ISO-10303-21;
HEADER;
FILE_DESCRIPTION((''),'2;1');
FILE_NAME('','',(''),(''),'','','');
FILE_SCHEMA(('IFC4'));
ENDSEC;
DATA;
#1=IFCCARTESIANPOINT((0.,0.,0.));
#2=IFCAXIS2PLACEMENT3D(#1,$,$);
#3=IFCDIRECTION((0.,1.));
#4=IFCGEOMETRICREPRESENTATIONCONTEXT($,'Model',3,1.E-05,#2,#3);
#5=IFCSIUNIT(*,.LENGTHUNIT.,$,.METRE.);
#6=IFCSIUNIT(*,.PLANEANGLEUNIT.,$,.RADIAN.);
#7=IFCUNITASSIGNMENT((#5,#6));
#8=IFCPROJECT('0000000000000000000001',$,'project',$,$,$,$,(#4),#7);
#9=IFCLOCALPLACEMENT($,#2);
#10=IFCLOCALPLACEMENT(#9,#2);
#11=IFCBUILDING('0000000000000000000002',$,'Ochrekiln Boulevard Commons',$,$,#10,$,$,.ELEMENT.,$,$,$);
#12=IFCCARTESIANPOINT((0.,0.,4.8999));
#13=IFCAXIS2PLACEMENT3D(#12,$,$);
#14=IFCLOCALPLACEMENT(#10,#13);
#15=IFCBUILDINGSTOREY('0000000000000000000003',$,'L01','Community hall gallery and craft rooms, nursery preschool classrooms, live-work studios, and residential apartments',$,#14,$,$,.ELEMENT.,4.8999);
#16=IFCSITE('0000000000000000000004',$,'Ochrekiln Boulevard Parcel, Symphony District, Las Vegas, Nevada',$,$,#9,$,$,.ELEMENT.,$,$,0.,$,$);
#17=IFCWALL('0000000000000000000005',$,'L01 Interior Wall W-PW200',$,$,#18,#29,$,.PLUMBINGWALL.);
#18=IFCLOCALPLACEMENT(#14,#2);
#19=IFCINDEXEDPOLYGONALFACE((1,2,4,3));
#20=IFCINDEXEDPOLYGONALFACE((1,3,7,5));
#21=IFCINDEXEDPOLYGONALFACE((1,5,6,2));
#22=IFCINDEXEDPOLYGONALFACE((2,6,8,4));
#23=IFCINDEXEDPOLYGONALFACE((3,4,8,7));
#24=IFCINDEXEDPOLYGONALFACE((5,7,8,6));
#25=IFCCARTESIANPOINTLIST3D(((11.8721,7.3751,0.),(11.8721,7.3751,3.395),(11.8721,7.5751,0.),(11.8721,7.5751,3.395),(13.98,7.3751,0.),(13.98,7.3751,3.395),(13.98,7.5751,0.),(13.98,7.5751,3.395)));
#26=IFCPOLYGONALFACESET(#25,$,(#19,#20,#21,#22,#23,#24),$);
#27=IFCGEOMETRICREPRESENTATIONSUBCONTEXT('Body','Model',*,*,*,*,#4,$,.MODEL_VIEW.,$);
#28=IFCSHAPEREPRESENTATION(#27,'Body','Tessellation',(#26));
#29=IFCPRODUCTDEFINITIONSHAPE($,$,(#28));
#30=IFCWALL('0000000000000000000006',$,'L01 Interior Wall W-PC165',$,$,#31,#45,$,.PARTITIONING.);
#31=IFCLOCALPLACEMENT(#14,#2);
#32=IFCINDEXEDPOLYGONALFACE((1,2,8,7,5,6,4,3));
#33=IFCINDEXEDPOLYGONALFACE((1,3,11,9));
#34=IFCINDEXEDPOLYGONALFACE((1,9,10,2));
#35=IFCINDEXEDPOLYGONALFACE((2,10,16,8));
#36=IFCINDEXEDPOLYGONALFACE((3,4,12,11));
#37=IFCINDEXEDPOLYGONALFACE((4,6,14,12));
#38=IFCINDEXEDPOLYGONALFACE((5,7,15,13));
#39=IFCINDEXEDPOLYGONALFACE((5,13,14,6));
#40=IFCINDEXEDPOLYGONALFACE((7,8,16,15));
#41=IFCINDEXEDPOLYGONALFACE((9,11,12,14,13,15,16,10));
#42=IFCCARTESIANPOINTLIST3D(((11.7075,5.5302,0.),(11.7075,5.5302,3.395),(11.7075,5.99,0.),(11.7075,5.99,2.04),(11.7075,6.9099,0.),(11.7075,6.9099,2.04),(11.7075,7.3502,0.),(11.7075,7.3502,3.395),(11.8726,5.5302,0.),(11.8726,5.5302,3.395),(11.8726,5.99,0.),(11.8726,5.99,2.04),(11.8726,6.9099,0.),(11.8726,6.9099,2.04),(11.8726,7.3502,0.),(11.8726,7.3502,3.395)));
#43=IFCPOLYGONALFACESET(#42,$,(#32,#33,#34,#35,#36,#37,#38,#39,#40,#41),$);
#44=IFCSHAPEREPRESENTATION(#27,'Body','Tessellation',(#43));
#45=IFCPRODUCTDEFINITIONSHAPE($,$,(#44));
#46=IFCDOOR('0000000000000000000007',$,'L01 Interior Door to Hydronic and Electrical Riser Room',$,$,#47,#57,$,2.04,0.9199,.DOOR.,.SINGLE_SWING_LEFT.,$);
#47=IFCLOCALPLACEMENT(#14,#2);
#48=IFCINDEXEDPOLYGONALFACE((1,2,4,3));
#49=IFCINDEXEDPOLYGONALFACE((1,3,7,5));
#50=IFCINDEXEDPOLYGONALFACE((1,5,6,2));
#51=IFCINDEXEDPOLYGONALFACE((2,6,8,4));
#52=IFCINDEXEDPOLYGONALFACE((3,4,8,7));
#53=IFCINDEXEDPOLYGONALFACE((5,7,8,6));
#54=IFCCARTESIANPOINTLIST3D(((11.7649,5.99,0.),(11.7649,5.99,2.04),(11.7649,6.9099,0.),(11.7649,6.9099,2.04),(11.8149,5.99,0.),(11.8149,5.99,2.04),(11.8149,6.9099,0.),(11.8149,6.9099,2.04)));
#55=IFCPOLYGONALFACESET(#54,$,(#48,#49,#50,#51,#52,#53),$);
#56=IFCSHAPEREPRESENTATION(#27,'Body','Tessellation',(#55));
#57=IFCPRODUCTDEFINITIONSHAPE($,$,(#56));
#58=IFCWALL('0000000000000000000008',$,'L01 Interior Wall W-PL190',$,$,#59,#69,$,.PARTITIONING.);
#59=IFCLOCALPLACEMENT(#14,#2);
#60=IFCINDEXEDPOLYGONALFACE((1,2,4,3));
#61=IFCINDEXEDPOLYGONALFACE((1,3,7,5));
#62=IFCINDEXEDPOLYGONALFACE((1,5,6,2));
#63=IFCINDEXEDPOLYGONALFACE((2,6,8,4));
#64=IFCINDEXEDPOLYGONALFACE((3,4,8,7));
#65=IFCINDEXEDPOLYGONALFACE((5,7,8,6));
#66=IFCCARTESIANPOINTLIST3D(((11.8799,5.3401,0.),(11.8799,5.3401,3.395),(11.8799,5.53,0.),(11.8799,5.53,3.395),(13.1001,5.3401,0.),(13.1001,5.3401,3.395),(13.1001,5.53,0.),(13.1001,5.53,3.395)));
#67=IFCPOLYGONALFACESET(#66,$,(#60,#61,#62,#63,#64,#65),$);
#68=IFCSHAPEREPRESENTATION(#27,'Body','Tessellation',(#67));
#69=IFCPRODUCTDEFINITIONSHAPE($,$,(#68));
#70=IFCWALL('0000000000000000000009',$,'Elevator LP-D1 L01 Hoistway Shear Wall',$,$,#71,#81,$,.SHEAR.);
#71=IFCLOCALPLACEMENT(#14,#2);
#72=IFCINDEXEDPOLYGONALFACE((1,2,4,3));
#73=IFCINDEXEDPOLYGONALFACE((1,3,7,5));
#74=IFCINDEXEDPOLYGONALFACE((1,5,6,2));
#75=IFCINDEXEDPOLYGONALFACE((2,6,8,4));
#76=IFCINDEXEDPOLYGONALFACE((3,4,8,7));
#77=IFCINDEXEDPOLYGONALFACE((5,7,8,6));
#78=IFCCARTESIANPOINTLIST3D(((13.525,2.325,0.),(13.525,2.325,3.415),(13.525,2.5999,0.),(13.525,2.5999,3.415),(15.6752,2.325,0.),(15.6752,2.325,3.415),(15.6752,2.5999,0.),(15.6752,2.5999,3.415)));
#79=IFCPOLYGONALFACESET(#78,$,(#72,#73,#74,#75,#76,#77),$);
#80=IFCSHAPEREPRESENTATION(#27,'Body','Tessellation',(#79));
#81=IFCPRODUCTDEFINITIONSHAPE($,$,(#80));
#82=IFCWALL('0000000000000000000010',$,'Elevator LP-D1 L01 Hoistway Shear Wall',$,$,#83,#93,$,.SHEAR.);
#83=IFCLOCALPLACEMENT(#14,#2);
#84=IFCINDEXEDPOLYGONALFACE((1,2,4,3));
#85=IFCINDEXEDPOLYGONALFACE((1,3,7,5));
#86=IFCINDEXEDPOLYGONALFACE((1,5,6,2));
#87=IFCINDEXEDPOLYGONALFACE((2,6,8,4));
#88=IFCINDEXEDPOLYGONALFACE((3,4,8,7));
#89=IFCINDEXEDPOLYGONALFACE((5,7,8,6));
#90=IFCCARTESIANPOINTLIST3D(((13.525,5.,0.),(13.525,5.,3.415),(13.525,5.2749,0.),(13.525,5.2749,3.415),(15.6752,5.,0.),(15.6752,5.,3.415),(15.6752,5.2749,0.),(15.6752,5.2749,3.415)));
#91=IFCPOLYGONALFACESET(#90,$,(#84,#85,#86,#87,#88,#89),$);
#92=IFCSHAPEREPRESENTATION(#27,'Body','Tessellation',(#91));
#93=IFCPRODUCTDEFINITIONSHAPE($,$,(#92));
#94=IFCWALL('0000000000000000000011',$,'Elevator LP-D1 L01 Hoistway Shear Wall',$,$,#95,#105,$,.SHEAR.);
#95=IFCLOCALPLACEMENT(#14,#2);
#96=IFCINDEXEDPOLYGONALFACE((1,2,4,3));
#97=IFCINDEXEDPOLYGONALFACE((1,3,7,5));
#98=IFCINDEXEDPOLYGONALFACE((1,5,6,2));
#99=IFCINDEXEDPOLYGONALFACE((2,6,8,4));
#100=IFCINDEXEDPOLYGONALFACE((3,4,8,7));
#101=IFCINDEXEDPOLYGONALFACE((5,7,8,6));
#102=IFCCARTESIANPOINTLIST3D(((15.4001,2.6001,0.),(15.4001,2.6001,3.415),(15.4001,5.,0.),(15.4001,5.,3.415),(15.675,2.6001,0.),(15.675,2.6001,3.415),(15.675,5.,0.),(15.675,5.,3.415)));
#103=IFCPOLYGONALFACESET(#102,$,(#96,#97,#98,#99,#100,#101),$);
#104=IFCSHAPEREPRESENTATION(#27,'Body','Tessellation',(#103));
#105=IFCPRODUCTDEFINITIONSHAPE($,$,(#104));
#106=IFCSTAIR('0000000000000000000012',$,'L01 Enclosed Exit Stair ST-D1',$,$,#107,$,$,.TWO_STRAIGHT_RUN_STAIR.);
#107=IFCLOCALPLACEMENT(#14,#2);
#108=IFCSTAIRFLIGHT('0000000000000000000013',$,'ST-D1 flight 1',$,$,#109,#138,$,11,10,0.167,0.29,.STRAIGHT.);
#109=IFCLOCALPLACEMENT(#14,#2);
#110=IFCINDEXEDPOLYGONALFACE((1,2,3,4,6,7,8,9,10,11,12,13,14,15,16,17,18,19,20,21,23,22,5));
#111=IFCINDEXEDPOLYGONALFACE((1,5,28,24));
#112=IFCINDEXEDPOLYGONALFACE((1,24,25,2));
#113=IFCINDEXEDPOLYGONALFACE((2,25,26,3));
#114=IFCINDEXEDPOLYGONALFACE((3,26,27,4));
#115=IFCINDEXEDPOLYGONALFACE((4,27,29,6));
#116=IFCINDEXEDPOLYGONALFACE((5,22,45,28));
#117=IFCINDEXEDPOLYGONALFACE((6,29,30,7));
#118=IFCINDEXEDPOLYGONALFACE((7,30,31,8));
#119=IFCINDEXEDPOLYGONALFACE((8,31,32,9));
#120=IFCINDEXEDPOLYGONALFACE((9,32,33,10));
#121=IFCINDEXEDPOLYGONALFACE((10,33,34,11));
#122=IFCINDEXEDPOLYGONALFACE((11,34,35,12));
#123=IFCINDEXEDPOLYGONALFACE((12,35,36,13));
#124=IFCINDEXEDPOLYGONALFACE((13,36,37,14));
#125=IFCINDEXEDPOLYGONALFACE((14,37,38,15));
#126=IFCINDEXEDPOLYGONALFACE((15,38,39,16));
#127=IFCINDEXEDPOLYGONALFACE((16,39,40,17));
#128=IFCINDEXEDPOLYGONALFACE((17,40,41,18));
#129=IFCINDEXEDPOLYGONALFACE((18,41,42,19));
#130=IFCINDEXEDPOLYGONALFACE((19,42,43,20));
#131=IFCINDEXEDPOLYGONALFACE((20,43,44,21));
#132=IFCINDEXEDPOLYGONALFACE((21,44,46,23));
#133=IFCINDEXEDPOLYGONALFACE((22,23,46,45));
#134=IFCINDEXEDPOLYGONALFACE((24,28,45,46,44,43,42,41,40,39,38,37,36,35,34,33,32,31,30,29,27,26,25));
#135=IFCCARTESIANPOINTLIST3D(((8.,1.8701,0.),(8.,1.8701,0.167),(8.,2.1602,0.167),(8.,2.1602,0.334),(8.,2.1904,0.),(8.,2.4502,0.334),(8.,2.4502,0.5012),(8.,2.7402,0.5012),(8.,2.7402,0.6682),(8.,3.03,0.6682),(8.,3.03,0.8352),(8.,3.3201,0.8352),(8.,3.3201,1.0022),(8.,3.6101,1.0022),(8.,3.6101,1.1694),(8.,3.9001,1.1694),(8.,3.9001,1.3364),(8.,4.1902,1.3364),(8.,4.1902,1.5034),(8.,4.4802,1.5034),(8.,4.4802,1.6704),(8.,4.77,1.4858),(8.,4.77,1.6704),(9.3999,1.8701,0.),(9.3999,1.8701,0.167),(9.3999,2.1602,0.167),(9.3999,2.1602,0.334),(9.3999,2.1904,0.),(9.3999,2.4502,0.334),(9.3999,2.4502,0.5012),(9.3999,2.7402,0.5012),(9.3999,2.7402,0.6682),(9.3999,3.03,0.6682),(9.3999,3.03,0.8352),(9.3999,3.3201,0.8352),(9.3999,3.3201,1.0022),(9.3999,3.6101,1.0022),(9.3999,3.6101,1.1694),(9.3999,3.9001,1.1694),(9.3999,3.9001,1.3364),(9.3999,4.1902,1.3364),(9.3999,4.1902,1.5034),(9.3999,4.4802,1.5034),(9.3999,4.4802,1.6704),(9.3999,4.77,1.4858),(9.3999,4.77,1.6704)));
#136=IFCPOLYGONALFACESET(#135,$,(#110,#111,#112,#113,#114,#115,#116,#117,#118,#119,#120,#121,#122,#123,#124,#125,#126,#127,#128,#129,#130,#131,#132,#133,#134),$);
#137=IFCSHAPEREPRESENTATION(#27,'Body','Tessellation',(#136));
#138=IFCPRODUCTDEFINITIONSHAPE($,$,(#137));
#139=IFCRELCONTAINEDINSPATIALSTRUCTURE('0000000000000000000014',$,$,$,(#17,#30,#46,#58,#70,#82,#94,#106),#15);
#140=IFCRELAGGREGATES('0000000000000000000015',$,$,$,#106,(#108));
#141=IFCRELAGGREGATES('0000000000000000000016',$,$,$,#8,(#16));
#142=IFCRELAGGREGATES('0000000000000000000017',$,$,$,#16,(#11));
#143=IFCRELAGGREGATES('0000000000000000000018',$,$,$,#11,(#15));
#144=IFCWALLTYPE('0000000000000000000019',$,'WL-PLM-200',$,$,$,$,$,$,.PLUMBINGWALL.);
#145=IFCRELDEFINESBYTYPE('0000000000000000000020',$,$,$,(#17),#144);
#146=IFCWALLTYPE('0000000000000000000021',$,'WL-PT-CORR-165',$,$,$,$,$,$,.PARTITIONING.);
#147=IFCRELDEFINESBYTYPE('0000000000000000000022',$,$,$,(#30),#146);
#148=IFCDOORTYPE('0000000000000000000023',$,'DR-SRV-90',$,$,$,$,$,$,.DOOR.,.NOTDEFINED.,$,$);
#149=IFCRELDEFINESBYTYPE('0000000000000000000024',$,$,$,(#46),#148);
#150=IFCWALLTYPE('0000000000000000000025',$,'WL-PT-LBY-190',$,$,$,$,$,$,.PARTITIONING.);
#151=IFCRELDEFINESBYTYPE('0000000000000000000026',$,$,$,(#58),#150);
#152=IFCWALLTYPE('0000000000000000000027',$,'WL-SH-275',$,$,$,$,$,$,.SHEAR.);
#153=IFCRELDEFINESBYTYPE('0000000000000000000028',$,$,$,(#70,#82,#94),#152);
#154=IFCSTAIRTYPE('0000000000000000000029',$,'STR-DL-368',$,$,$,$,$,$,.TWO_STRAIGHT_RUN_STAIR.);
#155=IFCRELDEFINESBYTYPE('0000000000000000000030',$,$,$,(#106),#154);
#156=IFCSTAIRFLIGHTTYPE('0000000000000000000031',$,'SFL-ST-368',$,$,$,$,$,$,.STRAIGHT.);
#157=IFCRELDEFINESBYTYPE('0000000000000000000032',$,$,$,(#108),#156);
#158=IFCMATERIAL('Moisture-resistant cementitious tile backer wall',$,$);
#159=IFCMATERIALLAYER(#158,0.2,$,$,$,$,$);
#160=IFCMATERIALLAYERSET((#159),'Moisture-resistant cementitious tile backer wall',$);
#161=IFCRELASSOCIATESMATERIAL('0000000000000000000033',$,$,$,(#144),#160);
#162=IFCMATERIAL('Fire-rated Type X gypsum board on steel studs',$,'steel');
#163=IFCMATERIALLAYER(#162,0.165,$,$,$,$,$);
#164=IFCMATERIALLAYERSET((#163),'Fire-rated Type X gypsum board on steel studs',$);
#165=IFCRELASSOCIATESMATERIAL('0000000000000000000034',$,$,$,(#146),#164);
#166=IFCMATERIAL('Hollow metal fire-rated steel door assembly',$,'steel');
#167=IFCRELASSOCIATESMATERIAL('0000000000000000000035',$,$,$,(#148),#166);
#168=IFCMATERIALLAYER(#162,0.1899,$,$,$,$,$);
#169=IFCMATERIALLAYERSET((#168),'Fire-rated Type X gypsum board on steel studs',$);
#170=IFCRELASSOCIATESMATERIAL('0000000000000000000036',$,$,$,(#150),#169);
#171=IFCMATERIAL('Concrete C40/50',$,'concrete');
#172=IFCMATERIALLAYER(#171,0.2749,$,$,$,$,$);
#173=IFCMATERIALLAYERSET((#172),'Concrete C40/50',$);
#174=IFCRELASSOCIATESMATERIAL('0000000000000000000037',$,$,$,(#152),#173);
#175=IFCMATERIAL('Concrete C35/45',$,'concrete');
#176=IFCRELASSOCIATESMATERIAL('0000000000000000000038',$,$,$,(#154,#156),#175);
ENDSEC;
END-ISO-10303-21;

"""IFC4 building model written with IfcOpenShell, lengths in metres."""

from ifc_helpers import new_model, si_unit, direction, frame, frame_2d, origin, place, context, subcontext, project, spatial, polyline, rectangle, outline, extrude, material, layer, layer_set, type_object, element, fill, aggregate, save


model = new_model("IFC4")

# Units and contexts
model_context = context("Model", 3, precision=1e-05, world=origin(), true_north=direction((0.0, 1.0)))
body_context = subcontext(model_context, "Body", "Model", "MODEL_VIEW")
ifc_project = project(units=[si_unit("LENGTHUNIT", "METRE"), si_unit("PLANEANGLEUNIT", "RADIAN")], contexts=[model_context])

# Site, building, storey
site_placement = place(None, origin())
site = spatial("IfcSite", under=ifc_project, at=site_placement, Name="Ochrekiln Boulevard Parcel, Symphony District, Las Vegas, Nevada", CompositionType="ELEMENT", RefElevation=0.0)
building_placement = place(site_placement, origin())
building = spatial("IfcBuilding", under=site, at=building_placement, Name="Ochrekiln Boulevard Commons", CompositionType="ELEMENT")
storey_placement = place(building_placement, frame((0.0, 0.0, 4.8999)))
storey = spatial("IfcBuildingStorey", under=building, at=storey_placement, Name="L01", Description="Community hall gallery and craft rooms, nursery preschool classrooms, live-work studios, and residential apartments", CompositionType="ELEMENT", Elevation=4.8999)

# Wall
ifc_material_1 = material(Name="Moisture-resistant cementitious tile backer wall")
ifc_layer_1 = layer(ifc_material_1, 0.2)
ifc_layer_set_1 = layer_set([ifc_layer_1], Name="Moisture-resistant cementitious tile backer wall")
wall_type_1 = type_object("IfcWallType", Name="WL-PLM-200", PredefinedType="PLUMBINGWALL", material=ifc_layer_set_1)
wall_1_placement = place(storey_placement, frame((11.8721, 7.4751, 0.0), z_axis=(0.0, 0.0, 1.0), x_axis=(1.0, 0.0, 0.0)))
element("IfcWall", 1, at=wall_1_placement, inside=storey, type_object=wall_type_1, Name="L01 Interior Wall W-PW200", PredefinedType="PLUMBINGWALL", context=body_context, shape_type="SweptSolid", body=[
    extrude(rectangle(XDim=2.1079, YDim=0.2, at=frame_2d((1.054, 0.0))), origin(), (0.0, 0.0, 1.0), 3.395),
])

# Wall, opening, door
ifc_material_2 = material(Name="Fire-rated Type X gypsum board on steel studs", Category="steel")
ifc_layer_2 = layer(ifc_material_2, 0.165)
ifc_layer_set_2 = layer_set([ifc_layer_2], Name="Fire-rated Type X gypsum board on steel studs")
wall_type_2 = type_object("IfcWallType", Name="WL-PT-CORR-165", PredefinedType="PARTITIONING", material=ifc_layer_set_2)
wall_2_placement = place(storey_placement, frame((11.79, 5.53, 0.0), z_axis=(0.0, 0.0, 1.0), x_axis=(0.0, 1.0, 0.0)))
wall_2 = element("IfcWall", 2, at=wall_2_placement, inside=storey, type_object=wall_type_2, Name="L01 Interior Wall W-PC165", PredefinedType="PARTITIONING", context=body_context, shape_type="SweptSolid", body=[
    extrude(rectangle(XDim=1.8201, YDim=0.165, at=frame_2d((0.9102, 0.0))), origin(), (0.0, 0.0, 1.0), 3.395),
])
opening_1_placement = place(wall_2_placement, frame((0.46, 0.0, 0.0)))
opening_1 = element("IfcOpeningElement", 3, at=opening_1_placement, cuts=wall_2, PredefinedType="OPENING", context=body_context, shape_type="SweptSolid", body=[
    extrude(rectangle(XDim=0.9199, YDim=2.04, at=frame_2d((0.46, 1.02))), frame((0.0, 0.0925, 0.0), z_axis=(0.0, -1.0, 0.0), x_axis=(1.0, 0.0, 0.0)), (0.0, 0.0, 1.0), 0.1851),
])
ifc_material_3 = material(Name="Hollow metal fire-rated steel door assembly", Category="steel")
door_type_1 = type_object("IfcDoorType", Name="DR-SRV-90", OperationType="NOTDEFINED", PredefinedType="DOOR", material=ifc_material_3)
door_1_placement = place(opening_1_placement, frame((0.9199, 0.0, 0.0), z_axis=(0.0, 0.0, 1.0), x_axis=(-1.0, 0.0, 0.0)))
door_1 = element("IfcDoor", 4, at=door_1_placement, inside=storey, type_object=door_type_1, Name="L01 Interior Door to Hydronic and Electrical Riser Room", OperationType="SINGLE_SWING_LEFT", OverallHeight=2.04, OverallWidth=0.9199, PredefinedType="DOOR", context=body_context, shape_type="SweptSolid", body=[
    extrude(rectangle(XDim=0.9199, YDim=2.04, at=frame_2d((0.46, 1.02))), frame((0.0, 0.0249, 0.0), z_axis=(0.0, -1.0, 0.0), x_axis=(1.0, 0.0, 0.0)), (0.0, 0.0, 1.0), 0.05),
])
fill(opening_1, door_1)

# Wall
ifc_layer_3 = layer(ifc_material_2, 0.1899)
ifc_layer_set_3 = layer_set([ifc_layer_3], Name="Fire-rated Type X gypsum board on steel studs")
wall_type_3 = type_object("IfcWallType", Name="WL-PT-LBY-190", PredefinedType="PARTITIONING", material=ifc_layer_set_3)
wall_3_placement = place(storey_placement, frame((11.8799, 5.4351, 0.0), z_axis=(0.0, 0.0, 1.0), x_axis=(1.0, 0.0, 0.0)))
element("IfcWall", 5, at=wall_3_placement, inside=storey, type_object=wall_type_3, Name="L01 Interior Wall W-PL190", PredefinedType="PARTITIONING", context=body_context, shape_type="SweptSolid", body=[
    extrude(rectangle(XDim=1.2202, YDim=0.1899, at=frame_2d((0.6101, 0.0))), origin(), (0.0, 0.0, 1.0), 3.395),
])

# Walls
ifc_material_4 = material(Name="Concrete C40/50", Category="concrete")
ifc_layer_4 = layer(ifc_material_4, 0.2749)
ifc_layer_set_4 = layer_set([ifc_layer_4], Name="Concrete C40/50")
wall_type_4 = type_object("IfcWallType", Name="WL-SH-275", PredefinedType="SHEAR", material=ifc_layer_set_4)
for number, where, z_axis, x_axis, name in (
    (6, (13.5249, 2.4624, 0.0), (0.0, 0.0, 1.0), (1.0, 0.0, 0.0), "Elevator LP-D1 L01 Hoistway Shear Wall"),
    (7, (13.5249, 5.1375, 0.0), (0.0, 0.0, 1.0), (1.0, 0.0, 0.0), "Elevator LP-D1 L01 Hoistway Shear Wall"),
):
    element("IfcWall", number, at=place(storey_placement, frame(where, z_axis=z_axis, x_axis=x_axis)), inside=storey, type_object=wall_type_4, Name=name, PredefinedType="SHEAR", context=body_context, shape_type="SweptSolid", body=[
        extrude(rectangle(XDim=2.1501, YDim=0.2749, at=frame_2d((1.0752, 0.0))), origin(), (0.0, 0.0, 1.0), 3.415),
    ])

# Wall
wall_4_placement = place(storey_placement, frame((15.5376, 2.6001, 0.0), z_axis=(0.0, 0.0, 1.0), x_axis=(0.0, 1.0, 0.0)))
element("IfcWall", 8, at=wall_4_placement, inside=storey, type_object=wall_type_4, Name="Elevator LP-D1 L01 Hoistway Shear Wall", PredefinedType="SHEAR", context=body_context, shape_type="SweptSolid", body=[
    extrude(rectangle(XDim=2.3999, YDim=0.2749, at=frame_2d((1.2, 0.0))), origin(), (0.0, 0.0, 1.0), 3.415),
])

# Stair, stair flight
ifc_material_5 = material(Name="Concrete C35/45", Category="concrete")
stair_type = type_object("IfcStairType", Name="STR-DL-368", PredefinedType="TWO_STRAIGHT_RUN_STAIR", material=ifc_material_5)
stair_placement = place(storey_placement, origin())
stair = element("IfcStair", 9, at=stair_placement, inside=storey, type_object=stair_type, Name="L01 Enclosed Exit Stair ST-D1", PredefinedType="TWO_STRAIGHT_RUN_STAIR")
stair_flight_type = type_object("IfcStairFlightType", Name="SFL-ST-368", PredefinedType="STRAIGHT", material=ifc_material_5)
stair_flight_placement = place(storey_placement, frame((8.7, 1.8701, 0.0), z_axis=(0.0, 0.0, 1.0), x_axis=(0.0, 1.0, 0.0)))
stair_flight = element("IfcStairFlight", 10, at=stair_flight_placement, type_object=stair_flight_type, Name="ST-D1 flight 1", NumberOfRisers=11, NumberOfTreads=10, PredefinedType="STRAIGHT", RiserHeight=0.167, TreadLength=0.29, context=body_context, shape_type="SweptSolid", body=[
    extrude(outline(polyline([(0.0, 0.0), (0.0, 0.167), (0.29, 0.167), (0.29, 0.334), (0.5801, 0.334), (0.5801, 0.5012), (0.8701, 0.5012), (0.8701, 0.6682), (1.1599, 0.6682), (1.1599, 0.8352), (1.45, 0.8352), (1.45, 1.0022), (1.74, 1.0022), (1.74, 1.1694), (2.03, 1.1694), (2.03, 1.3364), (2.3201, 1.3364), (2.3201, 1.5034), (2.6101, 1.5034), (2.6101, 1.6704), (2.8999, 1.6704), (2.8999, 1.8374), (2.8999, 1.4858), (0.3203, 0.0), (0.0, 0.0)])), frame((0.0, 0.7, 0.0), z_axis=(0.0, -1.0, 0.0), x_axis=(1.0, 0.0, 0.0)), (0.0, 0.0, 1.0), 1.3999),
])
aggregate(stair, [stair_flight])

save(model, "model.ifc")
